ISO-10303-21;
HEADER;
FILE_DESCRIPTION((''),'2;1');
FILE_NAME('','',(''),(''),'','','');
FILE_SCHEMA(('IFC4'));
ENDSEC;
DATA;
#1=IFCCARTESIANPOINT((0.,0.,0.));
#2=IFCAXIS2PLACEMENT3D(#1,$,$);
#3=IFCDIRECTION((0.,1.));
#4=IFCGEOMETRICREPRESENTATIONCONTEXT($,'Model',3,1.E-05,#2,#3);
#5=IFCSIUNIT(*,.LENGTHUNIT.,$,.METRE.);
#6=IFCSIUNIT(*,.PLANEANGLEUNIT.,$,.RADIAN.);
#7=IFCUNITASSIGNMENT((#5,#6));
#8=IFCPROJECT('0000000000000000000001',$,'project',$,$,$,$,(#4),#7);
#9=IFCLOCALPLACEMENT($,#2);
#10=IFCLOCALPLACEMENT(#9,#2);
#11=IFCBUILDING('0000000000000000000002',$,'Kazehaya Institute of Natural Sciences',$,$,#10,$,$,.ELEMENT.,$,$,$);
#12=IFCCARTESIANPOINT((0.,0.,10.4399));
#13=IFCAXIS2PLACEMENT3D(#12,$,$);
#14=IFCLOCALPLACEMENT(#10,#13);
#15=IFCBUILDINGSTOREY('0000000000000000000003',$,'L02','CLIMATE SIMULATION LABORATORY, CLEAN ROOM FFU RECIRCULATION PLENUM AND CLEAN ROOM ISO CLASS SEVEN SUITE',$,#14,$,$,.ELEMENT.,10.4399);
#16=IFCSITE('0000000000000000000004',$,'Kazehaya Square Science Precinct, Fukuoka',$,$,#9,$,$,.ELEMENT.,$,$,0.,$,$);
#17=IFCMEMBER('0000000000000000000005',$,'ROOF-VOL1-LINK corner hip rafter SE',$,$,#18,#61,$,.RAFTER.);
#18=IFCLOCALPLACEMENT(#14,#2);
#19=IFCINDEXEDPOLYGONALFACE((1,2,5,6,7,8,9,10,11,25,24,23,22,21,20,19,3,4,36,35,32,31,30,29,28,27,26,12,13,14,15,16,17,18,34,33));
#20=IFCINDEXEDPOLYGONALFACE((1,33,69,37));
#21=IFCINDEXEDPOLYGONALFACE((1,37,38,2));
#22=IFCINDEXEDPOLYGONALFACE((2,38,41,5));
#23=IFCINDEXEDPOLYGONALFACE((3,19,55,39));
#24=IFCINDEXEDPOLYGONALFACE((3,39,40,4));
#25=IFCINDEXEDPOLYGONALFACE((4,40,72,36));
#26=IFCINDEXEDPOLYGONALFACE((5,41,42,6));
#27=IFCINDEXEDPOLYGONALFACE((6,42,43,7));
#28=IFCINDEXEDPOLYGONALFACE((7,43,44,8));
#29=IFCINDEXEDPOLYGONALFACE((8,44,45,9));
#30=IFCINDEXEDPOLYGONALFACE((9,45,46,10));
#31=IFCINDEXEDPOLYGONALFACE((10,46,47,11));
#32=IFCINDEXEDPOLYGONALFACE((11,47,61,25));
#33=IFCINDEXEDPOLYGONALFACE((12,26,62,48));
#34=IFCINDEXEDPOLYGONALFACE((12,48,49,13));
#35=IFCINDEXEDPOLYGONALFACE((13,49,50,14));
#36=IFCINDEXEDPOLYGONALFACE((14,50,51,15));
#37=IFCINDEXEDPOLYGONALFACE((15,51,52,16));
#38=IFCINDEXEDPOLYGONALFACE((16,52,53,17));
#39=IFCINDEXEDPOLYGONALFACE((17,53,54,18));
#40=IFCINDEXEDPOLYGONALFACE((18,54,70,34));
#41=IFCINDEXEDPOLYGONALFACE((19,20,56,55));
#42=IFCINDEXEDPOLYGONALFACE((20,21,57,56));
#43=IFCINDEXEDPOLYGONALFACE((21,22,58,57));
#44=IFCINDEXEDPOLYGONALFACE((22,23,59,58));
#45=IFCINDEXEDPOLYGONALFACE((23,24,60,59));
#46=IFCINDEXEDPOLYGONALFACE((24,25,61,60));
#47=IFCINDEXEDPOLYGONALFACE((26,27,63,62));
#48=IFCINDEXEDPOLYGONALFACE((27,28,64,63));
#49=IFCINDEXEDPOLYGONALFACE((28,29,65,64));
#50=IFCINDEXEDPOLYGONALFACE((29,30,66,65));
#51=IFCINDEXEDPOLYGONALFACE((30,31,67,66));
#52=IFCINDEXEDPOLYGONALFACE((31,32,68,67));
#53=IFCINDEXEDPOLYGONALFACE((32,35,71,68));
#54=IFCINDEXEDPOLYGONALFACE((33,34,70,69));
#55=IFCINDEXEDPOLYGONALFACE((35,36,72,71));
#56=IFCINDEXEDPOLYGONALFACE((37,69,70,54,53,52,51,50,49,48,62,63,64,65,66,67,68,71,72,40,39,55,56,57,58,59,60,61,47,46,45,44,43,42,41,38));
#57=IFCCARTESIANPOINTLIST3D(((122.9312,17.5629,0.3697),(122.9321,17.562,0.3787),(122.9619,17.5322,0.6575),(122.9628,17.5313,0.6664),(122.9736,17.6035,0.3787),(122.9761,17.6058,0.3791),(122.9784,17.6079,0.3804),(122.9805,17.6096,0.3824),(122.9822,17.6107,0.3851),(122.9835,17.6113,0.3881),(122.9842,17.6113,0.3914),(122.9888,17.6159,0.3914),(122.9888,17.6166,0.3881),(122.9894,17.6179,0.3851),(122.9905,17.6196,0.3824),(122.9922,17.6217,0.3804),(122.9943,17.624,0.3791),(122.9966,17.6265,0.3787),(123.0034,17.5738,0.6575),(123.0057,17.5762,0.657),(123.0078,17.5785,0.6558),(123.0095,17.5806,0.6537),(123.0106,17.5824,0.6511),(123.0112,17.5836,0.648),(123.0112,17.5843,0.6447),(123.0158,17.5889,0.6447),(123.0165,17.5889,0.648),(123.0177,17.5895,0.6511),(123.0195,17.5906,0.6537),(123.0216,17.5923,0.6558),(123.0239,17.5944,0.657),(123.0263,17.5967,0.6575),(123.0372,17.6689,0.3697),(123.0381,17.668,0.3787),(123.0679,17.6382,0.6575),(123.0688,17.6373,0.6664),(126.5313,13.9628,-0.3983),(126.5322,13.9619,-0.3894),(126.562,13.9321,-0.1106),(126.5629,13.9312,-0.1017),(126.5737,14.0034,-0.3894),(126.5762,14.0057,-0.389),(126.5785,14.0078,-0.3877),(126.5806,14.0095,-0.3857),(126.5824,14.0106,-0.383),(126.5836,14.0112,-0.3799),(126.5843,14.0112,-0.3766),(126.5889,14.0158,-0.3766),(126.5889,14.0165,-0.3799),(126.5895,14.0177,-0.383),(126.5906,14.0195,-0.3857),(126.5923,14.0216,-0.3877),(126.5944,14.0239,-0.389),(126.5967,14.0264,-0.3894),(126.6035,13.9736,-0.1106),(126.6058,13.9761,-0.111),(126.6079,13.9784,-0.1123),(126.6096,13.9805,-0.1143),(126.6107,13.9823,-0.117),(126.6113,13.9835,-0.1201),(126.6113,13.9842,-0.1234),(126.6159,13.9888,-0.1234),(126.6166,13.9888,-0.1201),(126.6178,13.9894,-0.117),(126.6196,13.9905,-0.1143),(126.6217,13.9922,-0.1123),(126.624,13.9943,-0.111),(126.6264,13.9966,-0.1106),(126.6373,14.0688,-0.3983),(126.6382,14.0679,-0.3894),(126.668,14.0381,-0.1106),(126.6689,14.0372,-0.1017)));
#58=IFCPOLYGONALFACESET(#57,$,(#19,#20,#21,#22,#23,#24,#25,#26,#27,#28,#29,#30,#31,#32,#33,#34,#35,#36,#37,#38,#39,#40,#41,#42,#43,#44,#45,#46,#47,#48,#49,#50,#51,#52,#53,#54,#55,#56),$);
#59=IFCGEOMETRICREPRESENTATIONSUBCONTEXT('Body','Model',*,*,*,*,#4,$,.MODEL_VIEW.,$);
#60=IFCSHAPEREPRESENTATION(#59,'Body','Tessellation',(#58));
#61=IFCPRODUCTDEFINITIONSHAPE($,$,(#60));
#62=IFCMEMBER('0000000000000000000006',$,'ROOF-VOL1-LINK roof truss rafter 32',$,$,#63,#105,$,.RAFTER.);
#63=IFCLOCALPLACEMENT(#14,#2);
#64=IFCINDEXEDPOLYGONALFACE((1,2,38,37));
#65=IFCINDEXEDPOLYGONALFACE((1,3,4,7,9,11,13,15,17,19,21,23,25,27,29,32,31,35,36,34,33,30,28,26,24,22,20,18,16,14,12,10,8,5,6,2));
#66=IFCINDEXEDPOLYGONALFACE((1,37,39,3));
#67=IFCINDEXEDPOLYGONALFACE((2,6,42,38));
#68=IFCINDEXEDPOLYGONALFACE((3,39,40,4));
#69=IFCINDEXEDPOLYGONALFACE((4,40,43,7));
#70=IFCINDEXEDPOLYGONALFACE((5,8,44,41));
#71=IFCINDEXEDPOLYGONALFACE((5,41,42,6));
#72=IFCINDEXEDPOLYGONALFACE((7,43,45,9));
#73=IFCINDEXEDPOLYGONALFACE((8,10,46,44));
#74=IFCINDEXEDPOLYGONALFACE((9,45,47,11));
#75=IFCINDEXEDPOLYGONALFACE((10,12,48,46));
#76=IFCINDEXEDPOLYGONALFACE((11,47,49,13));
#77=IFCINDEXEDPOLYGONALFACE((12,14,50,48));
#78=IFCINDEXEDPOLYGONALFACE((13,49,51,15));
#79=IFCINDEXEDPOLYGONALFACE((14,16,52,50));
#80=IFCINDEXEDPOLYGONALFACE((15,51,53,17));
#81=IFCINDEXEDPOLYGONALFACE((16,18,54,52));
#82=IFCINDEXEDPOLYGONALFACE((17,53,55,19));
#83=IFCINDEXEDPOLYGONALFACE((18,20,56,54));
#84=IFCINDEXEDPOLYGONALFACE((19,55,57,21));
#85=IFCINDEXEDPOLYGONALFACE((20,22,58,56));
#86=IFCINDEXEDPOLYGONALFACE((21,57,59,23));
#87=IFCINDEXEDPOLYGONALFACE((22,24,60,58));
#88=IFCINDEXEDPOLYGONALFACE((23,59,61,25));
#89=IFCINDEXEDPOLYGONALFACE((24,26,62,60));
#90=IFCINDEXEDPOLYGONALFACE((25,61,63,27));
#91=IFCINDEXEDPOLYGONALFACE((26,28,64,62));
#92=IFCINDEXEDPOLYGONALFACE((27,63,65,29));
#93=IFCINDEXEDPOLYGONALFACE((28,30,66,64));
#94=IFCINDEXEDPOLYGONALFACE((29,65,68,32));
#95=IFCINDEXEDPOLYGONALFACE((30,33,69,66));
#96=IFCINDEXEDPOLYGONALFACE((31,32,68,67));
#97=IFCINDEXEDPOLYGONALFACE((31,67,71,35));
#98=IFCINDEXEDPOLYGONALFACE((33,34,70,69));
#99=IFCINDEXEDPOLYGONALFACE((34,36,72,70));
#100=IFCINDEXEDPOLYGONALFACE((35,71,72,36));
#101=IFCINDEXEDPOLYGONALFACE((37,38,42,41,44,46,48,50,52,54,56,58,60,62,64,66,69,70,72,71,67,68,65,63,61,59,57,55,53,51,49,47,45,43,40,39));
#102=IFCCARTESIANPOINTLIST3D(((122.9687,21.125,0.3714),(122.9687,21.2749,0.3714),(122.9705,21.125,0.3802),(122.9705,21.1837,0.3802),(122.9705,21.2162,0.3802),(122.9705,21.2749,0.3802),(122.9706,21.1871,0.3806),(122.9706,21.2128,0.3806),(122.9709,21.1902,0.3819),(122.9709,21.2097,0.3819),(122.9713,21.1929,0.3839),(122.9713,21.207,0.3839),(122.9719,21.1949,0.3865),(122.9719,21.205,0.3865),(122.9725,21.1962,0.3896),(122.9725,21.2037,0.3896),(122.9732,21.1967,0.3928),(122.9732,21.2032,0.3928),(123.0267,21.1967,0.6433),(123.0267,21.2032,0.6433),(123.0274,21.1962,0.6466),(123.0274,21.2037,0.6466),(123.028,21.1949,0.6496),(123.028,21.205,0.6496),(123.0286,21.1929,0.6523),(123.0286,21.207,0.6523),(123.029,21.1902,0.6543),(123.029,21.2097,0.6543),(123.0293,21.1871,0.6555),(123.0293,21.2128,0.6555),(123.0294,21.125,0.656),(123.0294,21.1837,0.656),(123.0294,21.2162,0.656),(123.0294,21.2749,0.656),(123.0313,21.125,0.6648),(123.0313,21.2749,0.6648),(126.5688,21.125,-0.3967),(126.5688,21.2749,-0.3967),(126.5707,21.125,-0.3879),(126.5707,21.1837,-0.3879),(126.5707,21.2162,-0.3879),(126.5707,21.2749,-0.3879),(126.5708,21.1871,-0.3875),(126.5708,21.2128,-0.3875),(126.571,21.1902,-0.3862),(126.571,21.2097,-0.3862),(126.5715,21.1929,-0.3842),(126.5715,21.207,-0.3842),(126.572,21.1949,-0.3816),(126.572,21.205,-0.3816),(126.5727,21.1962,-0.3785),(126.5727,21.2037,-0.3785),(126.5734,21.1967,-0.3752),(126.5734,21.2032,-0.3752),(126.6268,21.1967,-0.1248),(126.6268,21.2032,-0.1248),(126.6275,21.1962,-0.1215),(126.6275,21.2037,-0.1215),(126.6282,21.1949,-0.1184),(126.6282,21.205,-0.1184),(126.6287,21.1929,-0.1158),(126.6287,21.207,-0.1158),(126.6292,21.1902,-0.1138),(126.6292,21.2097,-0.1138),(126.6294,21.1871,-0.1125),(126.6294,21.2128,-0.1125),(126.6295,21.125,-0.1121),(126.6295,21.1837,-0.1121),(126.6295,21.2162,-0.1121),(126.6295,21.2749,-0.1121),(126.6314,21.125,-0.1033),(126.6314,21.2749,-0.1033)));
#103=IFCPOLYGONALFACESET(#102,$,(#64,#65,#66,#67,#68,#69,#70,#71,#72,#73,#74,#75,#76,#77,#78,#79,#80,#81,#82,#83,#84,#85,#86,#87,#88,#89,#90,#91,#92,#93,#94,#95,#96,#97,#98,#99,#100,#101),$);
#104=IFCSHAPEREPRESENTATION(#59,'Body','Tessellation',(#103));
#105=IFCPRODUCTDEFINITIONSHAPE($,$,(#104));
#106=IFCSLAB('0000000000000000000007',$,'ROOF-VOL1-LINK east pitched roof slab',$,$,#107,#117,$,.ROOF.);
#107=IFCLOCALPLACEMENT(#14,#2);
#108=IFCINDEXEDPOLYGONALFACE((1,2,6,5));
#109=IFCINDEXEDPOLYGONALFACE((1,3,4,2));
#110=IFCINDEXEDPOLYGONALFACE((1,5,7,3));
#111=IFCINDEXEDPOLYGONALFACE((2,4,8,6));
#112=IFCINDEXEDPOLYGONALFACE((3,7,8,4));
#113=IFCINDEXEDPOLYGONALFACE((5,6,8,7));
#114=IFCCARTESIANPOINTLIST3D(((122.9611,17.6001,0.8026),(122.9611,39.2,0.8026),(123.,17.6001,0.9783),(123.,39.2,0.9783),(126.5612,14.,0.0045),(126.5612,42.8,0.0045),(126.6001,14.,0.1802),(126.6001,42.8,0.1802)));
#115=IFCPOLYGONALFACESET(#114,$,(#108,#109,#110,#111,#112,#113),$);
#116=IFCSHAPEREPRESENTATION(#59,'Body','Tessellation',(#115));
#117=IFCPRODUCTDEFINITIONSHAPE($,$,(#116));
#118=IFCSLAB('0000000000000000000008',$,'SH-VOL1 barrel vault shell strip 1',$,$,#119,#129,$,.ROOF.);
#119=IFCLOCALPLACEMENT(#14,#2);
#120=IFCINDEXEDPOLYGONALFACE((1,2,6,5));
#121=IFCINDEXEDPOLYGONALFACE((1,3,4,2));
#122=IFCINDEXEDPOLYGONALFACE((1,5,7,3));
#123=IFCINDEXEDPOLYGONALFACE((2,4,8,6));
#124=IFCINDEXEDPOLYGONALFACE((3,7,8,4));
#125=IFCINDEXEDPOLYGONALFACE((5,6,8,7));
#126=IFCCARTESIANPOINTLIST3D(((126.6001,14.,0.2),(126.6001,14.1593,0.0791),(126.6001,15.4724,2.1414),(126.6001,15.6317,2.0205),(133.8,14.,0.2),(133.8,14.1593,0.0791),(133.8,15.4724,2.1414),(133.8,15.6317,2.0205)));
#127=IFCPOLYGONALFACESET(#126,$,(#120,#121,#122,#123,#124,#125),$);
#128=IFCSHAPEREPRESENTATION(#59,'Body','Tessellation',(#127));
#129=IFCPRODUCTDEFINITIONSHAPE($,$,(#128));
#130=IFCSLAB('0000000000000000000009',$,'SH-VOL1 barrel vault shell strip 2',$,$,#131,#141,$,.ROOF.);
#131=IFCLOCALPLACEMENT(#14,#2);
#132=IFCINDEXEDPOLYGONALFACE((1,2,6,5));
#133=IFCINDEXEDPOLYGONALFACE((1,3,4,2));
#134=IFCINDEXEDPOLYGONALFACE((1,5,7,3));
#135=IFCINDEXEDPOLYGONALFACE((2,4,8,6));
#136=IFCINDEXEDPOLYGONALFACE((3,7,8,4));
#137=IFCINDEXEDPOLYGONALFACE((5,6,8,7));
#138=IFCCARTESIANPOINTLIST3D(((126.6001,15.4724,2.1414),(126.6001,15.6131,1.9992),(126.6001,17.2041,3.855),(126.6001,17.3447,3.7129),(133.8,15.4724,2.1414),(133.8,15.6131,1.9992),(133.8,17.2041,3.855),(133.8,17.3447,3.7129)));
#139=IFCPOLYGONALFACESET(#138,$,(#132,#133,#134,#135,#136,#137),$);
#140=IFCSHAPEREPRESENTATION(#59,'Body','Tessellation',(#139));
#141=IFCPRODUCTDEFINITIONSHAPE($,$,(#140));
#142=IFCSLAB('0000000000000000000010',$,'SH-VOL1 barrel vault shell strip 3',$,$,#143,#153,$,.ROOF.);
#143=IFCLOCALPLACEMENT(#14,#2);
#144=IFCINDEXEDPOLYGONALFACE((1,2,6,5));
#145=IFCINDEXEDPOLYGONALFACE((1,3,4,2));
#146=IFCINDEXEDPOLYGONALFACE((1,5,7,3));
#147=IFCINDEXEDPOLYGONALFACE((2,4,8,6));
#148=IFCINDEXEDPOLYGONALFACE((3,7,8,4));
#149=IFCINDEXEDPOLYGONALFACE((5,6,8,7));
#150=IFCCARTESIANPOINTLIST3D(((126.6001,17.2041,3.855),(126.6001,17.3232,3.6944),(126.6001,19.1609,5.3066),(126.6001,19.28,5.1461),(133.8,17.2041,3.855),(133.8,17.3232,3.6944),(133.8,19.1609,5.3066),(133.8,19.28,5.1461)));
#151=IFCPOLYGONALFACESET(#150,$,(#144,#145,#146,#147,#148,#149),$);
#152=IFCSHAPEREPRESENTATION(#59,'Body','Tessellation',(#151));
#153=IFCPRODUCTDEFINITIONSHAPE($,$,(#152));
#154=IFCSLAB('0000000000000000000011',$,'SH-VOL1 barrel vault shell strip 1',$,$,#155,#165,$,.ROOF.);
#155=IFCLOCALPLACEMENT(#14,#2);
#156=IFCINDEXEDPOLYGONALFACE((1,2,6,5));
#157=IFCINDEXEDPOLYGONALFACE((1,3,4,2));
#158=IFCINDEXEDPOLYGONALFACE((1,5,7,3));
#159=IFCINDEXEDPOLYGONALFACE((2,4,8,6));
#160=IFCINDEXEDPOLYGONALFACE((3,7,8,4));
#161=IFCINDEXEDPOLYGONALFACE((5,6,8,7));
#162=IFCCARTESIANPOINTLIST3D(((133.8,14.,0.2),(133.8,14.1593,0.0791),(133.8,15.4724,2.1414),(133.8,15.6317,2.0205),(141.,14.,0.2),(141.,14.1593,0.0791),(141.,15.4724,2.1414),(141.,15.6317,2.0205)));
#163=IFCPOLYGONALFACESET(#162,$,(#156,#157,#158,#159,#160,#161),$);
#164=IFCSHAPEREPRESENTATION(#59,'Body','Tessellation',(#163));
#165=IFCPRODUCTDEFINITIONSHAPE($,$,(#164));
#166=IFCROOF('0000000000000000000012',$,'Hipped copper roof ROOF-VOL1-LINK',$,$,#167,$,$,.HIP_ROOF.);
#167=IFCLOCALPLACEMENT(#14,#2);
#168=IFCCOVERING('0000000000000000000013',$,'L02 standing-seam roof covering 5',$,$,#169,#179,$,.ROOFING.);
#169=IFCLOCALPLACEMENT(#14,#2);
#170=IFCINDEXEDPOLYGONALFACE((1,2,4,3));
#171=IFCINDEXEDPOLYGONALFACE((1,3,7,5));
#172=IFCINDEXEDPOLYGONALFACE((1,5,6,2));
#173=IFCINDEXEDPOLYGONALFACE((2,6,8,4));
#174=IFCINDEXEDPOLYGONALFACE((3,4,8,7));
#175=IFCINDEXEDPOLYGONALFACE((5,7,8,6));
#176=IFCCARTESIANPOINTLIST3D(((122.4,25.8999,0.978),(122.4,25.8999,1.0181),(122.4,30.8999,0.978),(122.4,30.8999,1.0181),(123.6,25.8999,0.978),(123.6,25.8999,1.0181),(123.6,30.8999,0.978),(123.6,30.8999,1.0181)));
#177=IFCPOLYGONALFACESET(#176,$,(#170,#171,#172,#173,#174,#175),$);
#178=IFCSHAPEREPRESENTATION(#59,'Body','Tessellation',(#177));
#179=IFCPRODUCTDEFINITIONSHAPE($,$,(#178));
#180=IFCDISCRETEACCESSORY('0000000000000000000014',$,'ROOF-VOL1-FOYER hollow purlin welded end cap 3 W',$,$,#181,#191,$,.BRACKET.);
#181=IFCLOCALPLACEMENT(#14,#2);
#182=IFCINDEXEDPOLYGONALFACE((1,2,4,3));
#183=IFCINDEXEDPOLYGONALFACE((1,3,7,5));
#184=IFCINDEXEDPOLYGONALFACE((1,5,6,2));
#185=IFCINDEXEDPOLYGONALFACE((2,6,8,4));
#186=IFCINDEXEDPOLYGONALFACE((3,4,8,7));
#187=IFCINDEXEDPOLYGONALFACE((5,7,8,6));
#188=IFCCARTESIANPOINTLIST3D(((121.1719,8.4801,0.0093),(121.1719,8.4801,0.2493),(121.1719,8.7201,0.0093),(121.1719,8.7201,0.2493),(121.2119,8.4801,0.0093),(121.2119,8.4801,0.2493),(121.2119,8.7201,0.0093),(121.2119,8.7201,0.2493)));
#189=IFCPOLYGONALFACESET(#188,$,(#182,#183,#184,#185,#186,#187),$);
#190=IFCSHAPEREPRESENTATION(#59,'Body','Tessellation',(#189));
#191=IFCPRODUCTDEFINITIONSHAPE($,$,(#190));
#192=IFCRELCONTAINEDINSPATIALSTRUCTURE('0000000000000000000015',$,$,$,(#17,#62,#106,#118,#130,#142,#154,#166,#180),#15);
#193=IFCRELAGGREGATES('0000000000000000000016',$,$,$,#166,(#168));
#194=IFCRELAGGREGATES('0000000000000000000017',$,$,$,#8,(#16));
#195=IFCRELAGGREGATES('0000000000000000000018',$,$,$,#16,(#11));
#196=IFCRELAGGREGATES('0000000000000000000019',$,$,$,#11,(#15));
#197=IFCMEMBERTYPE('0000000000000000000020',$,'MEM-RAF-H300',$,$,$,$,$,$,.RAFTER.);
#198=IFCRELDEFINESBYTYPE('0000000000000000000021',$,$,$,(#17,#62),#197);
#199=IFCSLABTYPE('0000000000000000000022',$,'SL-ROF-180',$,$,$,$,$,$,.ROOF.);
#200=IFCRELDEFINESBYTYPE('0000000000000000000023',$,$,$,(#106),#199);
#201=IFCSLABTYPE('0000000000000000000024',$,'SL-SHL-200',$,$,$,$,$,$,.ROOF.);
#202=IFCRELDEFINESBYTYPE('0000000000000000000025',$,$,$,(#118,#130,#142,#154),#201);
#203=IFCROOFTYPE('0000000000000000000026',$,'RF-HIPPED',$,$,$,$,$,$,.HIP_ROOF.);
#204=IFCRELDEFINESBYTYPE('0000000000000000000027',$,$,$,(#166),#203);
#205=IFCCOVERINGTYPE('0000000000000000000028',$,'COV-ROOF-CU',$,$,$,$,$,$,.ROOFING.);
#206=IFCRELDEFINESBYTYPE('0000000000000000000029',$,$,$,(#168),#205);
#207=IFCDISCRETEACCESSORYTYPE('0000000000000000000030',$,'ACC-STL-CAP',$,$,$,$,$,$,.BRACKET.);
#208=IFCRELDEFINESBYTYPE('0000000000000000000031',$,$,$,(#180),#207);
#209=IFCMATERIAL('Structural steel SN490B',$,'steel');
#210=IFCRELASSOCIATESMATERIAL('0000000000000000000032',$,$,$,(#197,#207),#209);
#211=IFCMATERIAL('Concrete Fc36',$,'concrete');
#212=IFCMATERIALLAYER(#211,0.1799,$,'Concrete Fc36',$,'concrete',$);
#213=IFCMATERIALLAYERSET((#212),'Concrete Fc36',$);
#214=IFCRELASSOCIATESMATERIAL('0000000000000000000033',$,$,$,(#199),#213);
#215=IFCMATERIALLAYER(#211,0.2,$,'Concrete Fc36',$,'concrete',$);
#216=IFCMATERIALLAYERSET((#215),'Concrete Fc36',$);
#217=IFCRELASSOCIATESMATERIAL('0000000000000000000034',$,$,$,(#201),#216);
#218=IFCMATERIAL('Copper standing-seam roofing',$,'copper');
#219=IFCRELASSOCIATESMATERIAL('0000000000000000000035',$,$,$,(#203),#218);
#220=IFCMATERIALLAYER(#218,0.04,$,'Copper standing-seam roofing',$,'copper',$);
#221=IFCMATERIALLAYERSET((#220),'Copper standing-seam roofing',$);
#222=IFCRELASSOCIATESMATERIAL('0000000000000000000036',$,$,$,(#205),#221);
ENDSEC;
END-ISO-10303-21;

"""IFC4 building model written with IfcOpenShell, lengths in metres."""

from ifc_helpers import new_model, si_unit, direction, frame, origin, origin_2d, place, context, subcontext, project, spatial, polyline, rectangle, i_section, outline, extrude, material, layer, layer_set, material_profile, profile_set, type_object, element, aggregate, save


model = new_model("IFC4")

# Units and contexts
model_context = context("Model", 3, precision=1e-05, world=origin(), true_north=direction((0.0, 1.0)))
body_context = subcontext(model_context, "Body", "Model", "MODEL_VIEW")
ifc_project = project(units=[si_unit("LENGTHUNIT", "METRE"), si_unit("PLANEANGLEUNIT", "RADIAN")], contexts=[model_context])

# Site, building, storey
site_placement = place(None, origin())
site = spatial("IfcSite", under=ifc_project, at=site_placement, Name="Kazehaya Square Science Precinct, Fukuoka", CompositionType="ELEMENT", RefElevation=0.0)
building_placement = place(site_placement, origin())
building = spatial("IfcBuilding", under=site, at=building_placement, Name="Kazehaya Institute of Natural Sciences", CompositionType="ELEMENT")
storey_placement = place(building_placement, frame((0.0, 0.0, 10.4399)))
storey = spatial("IfcBuildingStorey", under=building, at=storey_placement, Name="L02", Description="CLIMATE SIMULATION LABORATORY, CLEAN ROOM FFU RECIRCULATION PLENUM AND CLEAN ROOM ISO CLASS SEVEN SUITE", CompositionType="ELEMENT", Elevation=10.4399)

# Shared definitions
ifc_material_1 = material(Name="Concrete Fc36", Category="concrete")
ifc_material_2 = material(Name="Structural steel SN490B", Category="steel")

# Members
ifc_material_profile_1 = material_profile(ifc_material_2, i_section(OverallWidth=0.1499, OverallDepth=0.3, WebThickness=0.0066, FlangeThickness=0.009, FilletRadius=0.0129, at=origin_2d()), Name="H-300x150x6.5x9")
ifc_profile_set_1 = profile_set([ifc_material_profile_1], Name="Structural steel SN490B")
member_type_1 = type_object("IfcMemberType", Name="MEM-RAF-H300", PredefinedType="RAFTER", material=ifc_profile_set_1)
member_1_placement = place(storey_placement, frame((126.6001, 14.0, -0.25), z_axis=(-0.699195, 0.699195, 0.149171), x_axis=(-0.707107, -0.707107, 0.0)))
element("IfcMember", 1, at=member_1_placement, inside=storey, type_object=member_type_1, Name="ROOF-VOL1-LINK corner hip rafter SE", PredefinedType="RAFTER", context=body_context, shape_type="SweptSolid", body=[
    extrude(i_section(OverallWidth=0.1499, OverallDepth=0.3, WebThickness=0.0066, FlangeThickness=0.009, FilletRadius=0.0129, at=origin_2d()), origin(), (0.0, 0.0, 1.0), 5.1489),
])
member_2_placement = place(storey_placement, frame((126.6001, 21.2, -0.25), z_axis=(-0.97799, 0.0, 0.20865), x_axis=(0.0, -1.0, 0.0)))
element("IfcMember", 2, at=member_2_placement, inside=storey, type_object=member_type_1, Name="ROOF-VOL1-LINK roof truss rafter 32", PredefinedType="RAFTER", context=body_context, shape_type="SweptSolid", body=[
    extrude(i_section(OverallWidth=0.1499, OverallDepth=0.3, WebThickness=0.0066, FlangeThickness=0.009, FilletRadius=0.0129, at=origin_2d()), origin(), (0.0, 0.0, 1.0), 3.6812),
])

# Slabs
ifc_layer_1 = layer(ifc_material_1, 0.1799, Name="Concrete Fc36", Category="concrete")
ifc_layer_set_1 = layer_set([ifc_layer_1], Name="Concrete Fc36")
slab_type_1 = type_object("IfcSlabType", Name="SL-ROF-180", PredefinedType="ROOF", material=ifc_layer_set_1)
slab_1_placement = place(storey_placement, frame((126.6001, 14.0, 0.1802), z_axis=(0.216433, 0.0, 0.976298), x_axis=(0.0, 1.0, 0.0)))
element("IfcSlab", 3, at=slab_1_placement, inside=storey, type_object=slab_type_1, Name="ROOF-VOL1-LINK east pitched roof slab", PredefinedType="ROOF", context=body_context, shape_type="SweptSolid", body=[
    extrude(outline(polyline([(0.0, 0.0), (28.8, 0.0), (25.2, 3.6875), (3.6001, 3.6875), (0.0, 0.0)])), origin(), (0.0, 0.0, -1.0), 0.1799),
])
ifc_layer_2 = layer(ifc_material_1, 0.2, Name="Concrete Fc36", Category="concrete")
ifc_layer_set_2 = layer_set([ifc_layer_2], Name="Concrete Fc36")
slab_type_2 = type_object("IfcSlabType", Name="SL-SHL-200", PredefinedType="ROOF", material=ifc_layer_set_2)
slab_2_placement = place(storey_placement, frame((126.6001, 14.0, 0.2), z_axis=(0.0, -0.796766, 0.604288), x_axis=(1.0, 0.0, 0.0)))
element("IfcSlab", 4, at=slab_2_placement, inside=storey, type_object=slab_type_2, Name="SH-VOL1 barrel vault shell strip 1", PredefinedType="ROOF", context=body_context, shape_type="SweptSolid", body=[
    extrude(outline(polyline([(0.0, 0.0), (7.2, 0.0), (7.2, 2.4366), (0.0, 2.4366), (0.0, 0.0)])), origin(), (0.0, 0.0, -1.0), 0.2),
])
slab_3_placement = place(storey_placement, frame((126.6001, 15.4724, 2.1414), z_axis=(0.0, -0.703389, 0.710805), x_axis=(1.0, 0.0, 0.0)))
element("IfcSlab", 5, at=slab_3_placement, inside=storey, type_object=slab_type_2, Name="SH-VOL1 barrel vault shell strip 2", PredefinedType="ROOF", context=body_context, shape_type="SweptSolid", body=[
    extrude(outline(polyline([(0.0, 0.0), (7.2, 0.0), (7.2, 2.4362), (0.0, 2.4362), (0.0, 0.0)])), origin(), (0.0, 0.0, -1.0), 0.2),
])
slab_4_placement = place(storey_placement, frame((126.6001, 17.2041, 3.855), z_axis=(0.0, -0.595807, 0.803127), x_axis=(1.0, 0.0, 0.0)))
element("IfcSlab", 6, at=slab_4_placement, inside=storey, type_object=slab_type_2, Name="SH-VOL1 barrel vault shell strip 3", PredefinedType="ROOF", context=body_context, shape_type="SweptSolid", body=[
    extrude(outline(polyline([(0.0, 0.0), (7.2, 0.0), (7.2, 2.4365), (0.0, 2.4365), (0.0, 0.0)])), origin(), (0.0, 0.0, -1.0), 0.2),
])
slab_5_placement = place(storey_placement, frame((133.8, 14.0, 0.2), z_axis=(0.0, -0.796766, 0.604288), x_axis=(1.0, 0.0, 0.0)))
element("IfcSlab", 7, at=slab_5_placement, inside=storey, type_object=slab_type_2, Name="SH-VOL1 barrel vault shell strip 1", PredefinedType="ROOF", context=body_context, shape_type="SweptSolid", body=[
    extrude(outline(polyline([(0.0, 0.0), (7.2, 0.0), (7.2, 2.4366), (0.0, 2.4366), (0.0, 0.0)])), origin(), (0.0, 0.0, -1.0), 0.2),
])

# Roof, covering
ifc_material_3 = material(Name="Copper standing-seam roofing", Category="copper")
roof_type = type_object("IfcRoofType", Name="RF-HIPPED", PredefinedType="HIP_ROOF", material=ifc_material_3)
roof_placement = place(storey_placement, origin())
roof = element("IfcRoof", 8, at=roof_placement, inside=storey, type_object=roof_type, Name="Hipped copper roof ROOF-VOL1-LINK", PredefinedType="HIP_ROOF")
ifc_layer_3 = layer(ifc_material_3, 0.04, Name="Copper standing-seam roofing", Category="copper")
ifc_layer_set_3 = layer_set([ifc_layer_3], Name="Copper standing-seam roofing")
covering_type = type_object("IfcCoveringType", Name="COV-ROOF-CU", PredefinedType="ROOFING", material=ifc_layer_set_3)
covering_placement = place(storey_placement, frame((123.0, 28.3999, 0.978), z_axis=(0.0, 0.0, 1.0), x_axis=(1.0, 0.0, 0.0)))
covering = element("IfcCovering", 9, at=covering_placement, type_object=covering_type, Name="L02 standing-seam roof covering 5", PredefinedType="ROOFING", context=body_context, shape_type="SweptSolid", body=[
    extrude(rectangle(XDim=1.2, YDim=5.0, at=origin_2d()), origin(), (0.0, 0.0, 1.0), 0.04),
])
aggregate(roof, [covering])

# Discrete accessory
discrete_accessory_type = type_object("IfcDiscreteAccessoryType", Name="ACC-STL-CAP", PredefinedType="BRACKET", material=ifc_material_2)
discrete_accessory_1_placement = place(storey_placement, frame((121.1919, 8.6001, 0.0093), z_axis=(0.0, 0.0, 1.0), x_axis=(1.0, 0.0, 0.0)))
element("IfcDiscreteAccessory", 10, at=discrete_accessory_1_placement, inside=storey, type_object=discrete_accessory_type, Name="ROOF-VOL1-FOYER hollow purlin welded end cap 3 W", PredefinedType="BRACKET", context=body_context, shape_type="SweptSolid", body=[
    extrude(rectangle(XDim=0.04, YDim=0.24, at=origin_2d()), origin(), (0.0, 0.0, 1.0), 0.24),
])

save(model, "model.ifc")
